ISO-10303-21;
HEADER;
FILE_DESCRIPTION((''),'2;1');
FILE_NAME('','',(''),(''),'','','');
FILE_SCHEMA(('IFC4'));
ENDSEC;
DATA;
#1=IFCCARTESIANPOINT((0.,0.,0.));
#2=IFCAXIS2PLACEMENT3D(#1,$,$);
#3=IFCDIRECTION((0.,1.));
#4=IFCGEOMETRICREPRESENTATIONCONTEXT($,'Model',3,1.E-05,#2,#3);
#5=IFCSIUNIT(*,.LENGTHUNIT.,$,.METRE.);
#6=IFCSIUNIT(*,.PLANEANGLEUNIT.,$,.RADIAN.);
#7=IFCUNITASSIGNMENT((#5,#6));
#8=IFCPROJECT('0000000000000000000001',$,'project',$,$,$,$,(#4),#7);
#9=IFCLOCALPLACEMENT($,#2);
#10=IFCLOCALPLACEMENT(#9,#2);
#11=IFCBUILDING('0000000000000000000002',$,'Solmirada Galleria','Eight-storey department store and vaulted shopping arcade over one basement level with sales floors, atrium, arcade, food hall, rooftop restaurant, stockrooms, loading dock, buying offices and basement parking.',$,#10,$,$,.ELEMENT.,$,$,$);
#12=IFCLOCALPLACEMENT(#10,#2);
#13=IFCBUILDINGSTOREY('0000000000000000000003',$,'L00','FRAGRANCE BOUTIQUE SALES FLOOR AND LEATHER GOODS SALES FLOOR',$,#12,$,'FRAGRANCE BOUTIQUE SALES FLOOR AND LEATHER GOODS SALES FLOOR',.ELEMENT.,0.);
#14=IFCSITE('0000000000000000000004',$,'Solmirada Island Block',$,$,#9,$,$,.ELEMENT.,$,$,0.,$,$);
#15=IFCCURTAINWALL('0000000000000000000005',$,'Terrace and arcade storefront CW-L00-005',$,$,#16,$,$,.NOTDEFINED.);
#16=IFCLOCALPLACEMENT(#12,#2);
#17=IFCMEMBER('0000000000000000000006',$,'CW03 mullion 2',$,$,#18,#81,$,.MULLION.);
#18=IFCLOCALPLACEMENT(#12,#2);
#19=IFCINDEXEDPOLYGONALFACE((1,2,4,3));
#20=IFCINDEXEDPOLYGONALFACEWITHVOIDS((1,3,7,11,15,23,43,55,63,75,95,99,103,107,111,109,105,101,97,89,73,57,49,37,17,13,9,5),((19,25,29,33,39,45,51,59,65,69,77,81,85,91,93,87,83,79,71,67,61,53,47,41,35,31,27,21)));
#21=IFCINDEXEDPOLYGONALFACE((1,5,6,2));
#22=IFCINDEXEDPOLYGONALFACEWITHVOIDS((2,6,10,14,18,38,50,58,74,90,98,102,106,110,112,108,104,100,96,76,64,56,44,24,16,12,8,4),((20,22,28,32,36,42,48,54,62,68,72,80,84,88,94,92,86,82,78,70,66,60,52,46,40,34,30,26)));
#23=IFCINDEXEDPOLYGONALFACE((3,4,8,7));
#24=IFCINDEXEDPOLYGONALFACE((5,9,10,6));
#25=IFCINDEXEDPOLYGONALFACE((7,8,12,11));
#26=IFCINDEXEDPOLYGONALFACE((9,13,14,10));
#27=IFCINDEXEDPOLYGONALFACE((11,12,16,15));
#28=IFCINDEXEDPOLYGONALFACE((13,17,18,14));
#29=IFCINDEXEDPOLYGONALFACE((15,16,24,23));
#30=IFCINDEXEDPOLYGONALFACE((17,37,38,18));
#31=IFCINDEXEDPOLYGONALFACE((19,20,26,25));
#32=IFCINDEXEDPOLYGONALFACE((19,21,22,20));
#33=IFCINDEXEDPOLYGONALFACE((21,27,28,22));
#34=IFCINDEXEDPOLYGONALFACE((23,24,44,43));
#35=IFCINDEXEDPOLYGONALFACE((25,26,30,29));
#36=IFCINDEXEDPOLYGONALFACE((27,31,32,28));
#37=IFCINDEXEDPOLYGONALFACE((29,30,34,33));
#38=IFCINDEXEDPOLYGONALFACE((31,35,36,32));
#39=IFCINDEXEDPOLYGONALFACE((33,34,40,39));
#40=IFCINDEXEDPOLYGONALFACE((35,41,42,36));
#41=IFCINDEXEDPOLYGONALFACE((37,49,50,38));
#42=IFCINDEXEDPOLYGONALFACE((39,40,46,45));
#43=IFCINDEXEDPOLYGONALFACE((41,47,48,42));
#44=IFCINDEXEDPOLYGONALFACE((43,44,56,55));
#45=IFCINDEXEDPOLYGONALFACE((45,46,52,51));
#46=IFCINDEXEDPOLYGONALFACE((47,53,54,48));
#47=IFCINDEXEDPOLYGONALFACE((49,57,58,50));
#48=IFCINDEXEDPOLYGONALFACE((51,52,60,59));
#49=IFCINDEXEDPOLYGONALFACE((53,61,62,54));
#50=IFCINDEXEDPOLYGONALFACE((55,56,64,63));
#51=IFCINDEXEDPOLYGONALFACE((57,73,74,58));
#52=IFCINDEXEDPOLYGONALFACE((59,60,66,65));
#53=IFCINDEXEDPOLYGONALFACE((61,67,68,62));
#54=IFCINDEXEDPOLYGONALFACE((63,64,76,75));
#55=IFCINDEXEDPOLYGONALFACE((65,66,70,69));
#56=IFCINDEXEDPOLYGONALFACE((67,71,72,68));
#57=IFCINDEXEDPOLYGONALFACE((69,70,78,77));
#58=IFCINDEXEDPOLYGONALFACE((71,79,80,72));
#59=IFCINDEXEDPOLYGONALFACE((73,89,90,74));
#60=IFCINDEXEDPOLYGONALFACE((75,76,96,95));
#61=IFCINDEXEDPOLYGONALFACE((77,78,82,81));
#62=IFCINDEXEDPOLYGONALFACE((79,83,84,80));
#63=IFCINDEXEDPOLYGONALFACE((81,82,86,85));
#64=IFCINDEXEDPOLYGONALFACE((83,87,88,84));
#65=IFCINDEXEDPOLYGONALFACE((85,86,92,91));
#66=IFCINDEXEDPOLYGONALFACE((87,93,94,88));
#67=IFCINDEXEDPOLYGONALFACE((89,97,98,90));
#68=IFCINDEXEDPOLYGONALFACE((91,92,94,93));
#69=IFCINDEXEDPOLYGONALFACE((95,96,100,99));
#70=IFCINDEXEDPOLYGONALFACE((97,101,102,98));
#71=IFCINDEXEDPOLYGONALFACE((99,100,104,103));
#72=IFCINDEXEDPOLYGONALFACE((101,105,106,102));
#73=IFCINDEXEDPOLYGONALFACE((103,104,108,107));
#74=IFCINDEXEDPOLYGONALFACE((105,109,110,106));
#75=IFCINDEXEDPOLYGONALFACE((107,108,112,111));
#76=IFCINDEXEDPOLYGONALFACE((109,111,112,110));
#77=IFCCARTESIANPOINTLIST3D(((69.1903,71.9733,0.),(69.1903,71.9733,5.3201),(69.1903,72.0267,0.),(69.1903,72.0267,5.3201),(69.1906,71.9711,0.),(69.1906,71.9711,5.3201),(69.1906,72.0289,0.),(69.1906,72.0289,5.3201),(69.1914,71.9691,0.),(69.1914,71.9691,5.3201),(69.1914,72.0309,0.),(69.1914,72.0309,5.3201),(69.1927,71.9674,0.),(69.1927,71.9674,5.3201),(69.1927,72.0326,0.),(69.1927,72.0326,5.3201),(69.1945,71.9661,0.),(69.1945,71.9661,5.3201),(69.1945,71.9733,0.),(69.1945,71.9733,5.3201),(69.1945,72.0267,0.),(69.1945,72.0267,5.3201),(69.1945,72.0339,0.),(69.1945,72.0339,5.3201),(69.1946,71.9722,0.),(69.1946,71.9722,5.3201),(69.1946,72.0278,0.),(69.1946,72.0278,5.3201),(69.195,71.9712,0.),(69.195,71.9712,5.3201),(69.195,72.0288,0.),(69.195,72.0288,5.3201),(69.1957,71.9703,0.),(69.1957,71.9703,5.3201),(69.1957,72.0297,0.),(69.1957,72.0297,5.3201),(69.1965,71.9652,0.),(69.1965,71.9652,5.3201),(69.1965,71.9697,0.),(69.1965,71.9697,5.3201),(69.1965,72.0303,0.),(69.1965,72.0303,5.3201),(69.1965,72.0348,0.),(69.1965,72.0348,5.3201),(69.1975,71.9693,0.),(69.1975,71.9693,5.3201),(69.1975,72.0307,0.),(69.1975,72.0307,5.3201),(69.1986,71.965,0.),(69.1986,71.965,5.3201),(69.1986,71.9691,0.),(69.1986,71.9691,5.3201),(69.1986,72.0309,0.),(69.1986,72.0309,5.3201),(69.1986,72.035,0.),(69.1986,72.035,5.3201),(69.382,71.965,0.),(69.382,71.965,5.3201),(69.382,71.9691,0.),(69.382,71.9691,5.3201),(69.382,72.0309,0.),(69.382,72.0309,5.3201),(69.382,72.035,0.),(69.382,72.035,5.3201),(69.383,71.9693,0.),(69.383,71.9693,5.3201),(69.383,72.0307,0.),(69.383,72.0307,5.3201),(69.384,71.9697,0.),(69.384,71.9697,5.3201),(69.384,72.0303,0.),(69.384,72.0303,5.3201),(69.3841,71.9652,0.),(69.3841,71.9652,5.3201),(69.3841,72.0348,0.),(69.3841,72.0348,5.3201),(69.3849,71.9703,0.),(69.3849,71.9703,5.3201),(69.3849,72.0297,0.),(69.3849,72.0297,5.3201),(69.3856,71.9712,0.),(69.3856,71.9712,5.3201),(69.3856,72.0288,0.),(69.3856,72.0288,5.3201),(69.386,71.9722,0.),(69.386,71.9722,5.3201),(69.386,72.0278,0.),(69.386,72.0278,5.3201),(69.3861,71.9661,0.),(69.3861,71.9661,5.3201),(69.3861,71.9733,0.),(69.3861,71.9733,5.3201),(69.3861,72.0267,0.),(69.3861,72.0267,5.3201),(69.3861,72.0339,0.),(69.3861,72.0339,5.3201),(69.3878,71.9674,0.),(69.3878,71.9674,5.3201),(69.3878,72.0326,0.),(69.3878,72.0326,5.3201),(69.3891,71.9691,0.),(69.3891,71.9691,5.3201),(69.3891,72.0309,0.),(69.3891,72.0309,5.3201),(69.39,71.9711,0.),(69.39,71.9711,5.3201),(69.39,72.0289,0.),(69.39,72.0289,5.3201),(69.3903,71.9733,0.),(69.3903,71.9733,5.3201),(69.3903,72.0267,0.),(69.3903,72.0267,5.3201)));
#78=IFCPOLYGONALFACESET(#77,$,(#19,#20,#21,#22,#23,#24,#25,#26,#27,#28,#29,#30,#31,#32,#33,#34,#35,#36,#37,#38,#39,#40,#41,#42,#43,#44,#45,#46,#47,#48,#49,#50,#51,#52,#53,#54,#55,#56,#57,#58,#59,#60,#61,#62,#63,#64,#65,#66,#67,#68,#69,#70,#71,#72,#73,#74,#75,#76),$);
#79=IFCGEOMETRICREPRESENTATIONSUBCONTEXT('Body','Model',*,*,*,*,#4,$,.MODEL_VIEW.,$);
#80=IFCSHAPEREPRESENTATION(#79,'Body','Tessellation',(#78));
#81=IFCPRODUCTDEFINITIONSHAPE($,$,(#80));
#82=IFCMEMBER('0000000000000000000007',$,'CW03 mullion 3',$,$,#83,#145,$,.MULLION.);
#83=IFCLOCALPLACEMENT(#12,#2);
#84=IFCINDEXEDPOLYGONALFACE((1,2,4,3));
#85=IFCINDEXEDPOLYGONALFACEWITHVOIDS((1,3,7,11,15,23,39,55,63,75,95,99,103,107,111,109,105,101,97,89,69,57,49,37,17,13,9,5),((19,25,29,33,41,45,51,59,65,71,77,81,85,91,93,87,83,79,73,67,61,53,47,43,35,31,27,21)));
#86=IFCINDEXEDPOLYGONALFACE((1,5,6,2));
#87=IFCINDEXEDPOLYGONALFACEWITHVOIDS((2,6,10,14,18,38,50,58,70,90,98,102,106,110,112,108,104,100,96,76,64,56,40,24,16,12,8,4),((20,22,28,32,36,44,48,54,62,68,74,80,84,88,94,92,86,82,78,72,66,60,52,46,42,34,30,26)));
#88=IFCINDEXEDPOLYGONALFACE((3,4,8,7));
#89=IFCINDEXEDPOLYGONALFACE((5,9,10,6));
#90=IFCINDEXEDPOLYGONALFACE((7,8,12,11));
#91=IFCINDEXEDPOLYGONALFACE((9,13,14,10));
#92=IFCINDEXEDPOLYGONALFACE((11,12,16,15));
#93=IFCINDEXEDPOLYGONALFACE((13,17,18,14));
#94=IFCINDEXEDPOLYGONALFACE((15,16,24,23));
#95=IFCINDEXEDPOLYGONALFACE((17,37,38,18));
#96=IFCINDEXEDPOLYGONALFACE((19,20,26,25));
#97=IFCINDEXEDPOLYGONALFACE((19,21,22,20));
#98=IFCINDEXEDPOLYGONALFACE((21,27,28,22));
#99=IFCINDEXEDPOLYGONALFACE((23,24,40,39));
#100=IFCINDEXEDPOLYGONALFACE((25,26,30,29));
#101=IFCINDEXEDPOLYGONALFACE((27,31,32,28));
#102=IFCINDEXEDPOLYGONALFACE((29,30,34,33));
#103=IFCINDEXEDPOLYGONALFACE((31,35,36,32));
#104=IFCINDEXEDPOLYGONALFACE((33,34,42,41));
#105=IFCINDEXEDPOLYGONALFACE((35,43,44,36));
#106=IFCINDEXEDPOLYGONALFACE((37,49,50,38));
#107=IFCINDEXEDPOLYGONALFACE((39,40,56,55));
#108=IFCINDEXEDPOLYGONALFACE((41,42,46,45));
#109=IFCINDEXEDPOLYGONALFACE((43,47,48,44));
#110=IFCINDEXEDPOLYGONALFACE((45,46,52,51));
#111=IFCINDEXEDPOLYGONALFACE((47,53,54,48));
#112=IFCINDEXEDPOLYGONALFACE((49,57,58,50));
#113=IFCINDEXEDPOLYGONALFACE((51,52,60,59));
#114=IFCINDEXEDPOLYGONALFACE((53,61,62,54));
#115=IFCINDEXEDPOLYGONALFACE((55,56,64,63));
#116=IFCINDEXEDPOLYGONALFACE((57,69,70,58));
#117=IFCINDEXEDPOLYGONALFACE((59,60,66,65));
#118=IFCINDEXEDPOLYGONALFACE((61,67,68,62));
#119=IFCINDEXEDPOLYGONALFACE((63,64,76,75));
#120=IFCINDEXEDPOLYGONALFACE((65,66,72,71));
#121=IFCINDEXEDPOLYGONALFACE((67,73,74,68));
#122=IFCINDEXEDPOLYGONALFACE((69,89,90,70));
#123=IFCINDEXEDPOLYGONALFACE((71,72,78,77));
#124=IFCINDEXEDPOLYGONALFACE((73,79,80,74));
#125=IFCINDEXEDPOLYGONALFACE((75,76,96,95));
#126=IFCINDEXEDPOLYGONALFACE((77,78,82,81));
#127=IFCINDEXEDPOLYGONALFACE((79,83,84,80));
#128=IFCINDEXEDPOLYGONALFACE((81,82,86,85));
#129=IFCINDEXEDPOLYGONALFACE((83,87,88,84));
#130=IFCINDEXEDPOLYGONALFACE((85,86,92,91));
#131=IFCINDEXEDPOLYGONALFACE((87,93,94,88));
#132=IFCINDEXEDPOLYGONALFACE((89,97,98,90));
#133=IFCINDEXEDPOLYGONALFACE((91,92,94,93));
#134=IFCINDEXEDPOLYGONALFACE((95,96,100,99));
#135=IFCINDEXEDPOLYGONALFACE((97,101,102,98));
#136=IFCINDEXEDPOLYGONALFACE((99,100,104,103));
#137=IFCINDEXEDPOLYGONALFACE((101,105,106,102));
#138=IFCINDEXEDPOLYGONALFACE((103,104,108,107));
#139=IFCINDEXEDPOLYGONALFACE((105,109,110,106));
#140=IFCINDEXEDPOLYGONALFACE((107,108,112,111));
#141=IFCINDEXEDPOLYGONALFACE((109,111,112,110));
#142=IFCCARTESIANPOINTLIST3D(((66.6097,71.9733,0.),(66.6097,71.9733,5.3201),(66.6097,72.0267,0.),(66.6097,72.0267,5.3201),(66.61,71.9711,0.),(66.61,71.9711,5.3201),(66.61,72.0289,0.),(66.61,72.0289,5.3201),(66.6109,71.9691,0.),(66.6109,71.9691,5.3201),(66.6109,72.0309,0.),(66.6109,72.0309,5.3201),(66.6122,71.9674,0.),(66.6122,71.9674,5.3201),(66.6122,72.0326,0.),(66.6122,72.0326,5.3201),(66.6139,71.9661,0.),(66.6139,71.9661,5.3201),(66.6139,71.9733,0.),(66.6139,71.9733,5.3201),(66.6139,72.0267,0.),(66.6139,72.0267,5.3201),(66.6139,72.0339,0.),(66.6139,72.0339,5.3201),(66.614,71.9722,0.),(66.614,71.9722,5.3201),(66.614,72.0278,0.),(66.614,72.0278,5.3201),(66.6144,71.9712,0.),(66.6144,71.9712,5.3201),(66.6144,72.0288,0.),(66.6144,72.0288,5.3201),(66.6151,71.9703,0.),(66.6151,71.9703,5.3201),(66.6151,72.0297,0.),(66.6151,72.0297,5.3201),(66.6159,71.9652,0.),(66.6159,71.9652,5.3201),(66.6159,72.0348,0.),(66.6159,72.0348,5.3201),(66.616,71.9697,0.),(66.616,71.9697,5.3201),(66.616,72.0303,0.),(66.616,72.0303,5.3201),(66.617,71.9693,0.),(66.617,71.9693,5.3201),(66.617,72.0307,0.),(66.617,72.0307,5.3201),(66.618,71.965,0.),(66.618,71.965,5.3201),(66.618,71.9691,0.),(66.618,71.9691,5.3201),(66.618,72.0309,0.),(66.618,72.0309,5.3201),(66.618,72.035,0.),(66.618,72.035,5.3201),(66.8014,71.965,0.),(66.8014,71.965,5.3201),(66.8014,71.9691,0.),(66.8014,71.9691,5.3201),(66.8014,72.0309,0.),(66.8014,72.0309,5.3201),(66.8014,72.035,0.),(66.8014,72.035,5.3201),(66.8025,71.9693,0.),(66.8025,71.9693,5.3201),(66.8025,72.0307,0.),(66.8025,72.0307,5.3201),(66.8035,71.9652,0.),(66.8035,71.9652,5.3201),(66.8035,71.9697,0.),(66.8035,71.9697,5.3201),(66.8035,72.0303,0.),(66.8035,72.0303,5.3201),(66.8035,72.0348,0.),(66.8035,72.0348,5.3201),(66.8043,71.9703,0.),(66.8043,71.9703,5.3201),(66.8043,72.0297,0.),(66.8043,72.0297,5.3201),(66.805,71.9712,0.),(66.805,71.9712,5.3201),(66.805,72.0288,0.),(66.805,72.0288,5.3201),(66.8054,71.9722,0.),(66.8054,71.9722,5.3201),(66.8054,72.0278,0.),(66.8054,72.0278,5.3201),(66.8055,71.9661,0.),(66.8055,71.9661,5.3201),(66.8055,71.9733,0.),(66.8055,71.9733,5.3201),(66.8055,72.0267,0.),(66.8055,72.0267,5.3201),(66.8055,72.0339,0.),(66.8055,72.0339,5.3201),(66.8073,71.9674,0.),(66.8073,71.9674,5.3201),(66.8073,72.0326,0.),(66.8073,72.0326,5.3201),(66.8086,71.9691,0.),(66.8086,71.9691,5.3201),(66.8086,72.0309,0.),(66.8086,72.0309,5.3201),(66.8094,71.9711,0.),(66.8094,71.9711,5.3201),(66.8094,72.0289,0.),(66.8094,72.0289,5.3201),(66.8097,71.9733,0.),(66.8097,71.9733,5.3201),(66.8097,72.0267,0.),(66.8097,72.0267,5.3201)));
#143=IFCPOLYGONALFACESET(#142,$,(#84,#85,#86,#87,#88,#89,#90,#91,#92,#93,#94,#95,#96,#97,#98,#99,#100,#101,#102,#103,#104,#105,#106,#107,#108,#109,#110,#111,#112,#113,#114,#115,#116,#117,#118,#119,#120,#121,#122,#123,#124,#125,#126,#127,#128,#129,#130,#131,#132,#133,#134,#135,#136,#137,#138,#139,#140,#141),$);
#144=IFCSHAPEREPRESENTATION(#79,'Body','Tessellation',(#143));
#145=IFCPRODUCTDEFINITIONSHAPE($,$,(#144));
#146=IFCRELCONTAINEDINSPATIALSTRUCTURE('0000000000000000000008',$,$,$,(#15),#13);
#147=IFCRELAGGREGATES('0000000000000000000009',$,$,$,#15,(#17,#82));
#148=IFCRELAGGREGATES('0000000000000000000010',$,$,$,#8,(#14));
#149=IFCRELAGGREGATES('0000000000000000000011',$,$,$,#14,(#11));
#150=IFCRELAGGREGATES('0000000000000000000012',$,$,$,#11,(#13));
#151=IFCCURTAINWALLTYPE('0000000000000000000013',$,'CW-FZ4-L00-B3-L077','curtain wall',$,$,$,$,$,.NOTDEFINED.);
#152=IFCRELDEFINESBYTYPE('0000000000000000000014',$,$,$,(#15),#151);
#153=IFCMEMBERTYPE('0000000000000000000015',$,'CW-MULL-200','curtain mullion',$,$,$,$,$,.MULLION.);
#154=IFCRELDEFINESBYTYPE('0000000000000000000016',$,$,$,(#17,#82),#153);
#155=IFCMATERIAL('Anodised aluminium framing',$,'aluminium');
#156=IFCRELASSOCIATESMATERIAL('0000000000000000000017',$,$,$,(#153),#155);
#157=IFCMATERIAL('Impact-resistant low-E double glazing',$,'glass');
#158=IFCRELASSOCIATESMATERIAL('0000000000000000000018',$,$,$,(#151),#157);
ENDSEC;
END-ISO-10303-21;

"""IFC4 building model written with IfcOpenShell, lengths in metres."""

from ifc_helpers import new_model, si_unit, direction, frame, origin, origin_2d, place, context, subcontext, project, spatial, hollow_rectangle, extrude, material, material_profile, profile_set, type_object, element, aggregate, save


model = new_model("IFC4")

# Units and contexts
model_context = context("Model", 3, precision=1e-05, world=origin(), true_north=direction((0.0, 1.0)))
body_context = subcontext(model_context, "Body", "Model", "MODEL_VIEW")
ifc_project = project(units=[si_unit("LENGTHUNIT", "METRE"), si_unit("PLANEANGLEUNIT", "RADIAN")], contexts=[model_context])

# Site, building, storey
site_placement = place(None, origin())
site = spatial("IfcSite", under=ifc_project, at=site_placement, Name="Solmirada Island Block", CompositionType="ELEMENT", RefElevation=0.0)
building_placement = place(site_placement, origin())
building = spatial("IfcBuilding", under=site, at=building_placement, Name="Solmirada Galleria", Description="Eight-storey department store and vaulted shopping arcade over one basement level with sales floors, atrium, arcade, food hall, rooftop restaurant, stockrooms, loading dock, buying offices and basement parking.", CompositionType="ELEMENT")
storey_placement = place(building_placement, origin())
storey = spatial("IfcBuildingStorey", under=building, at=storey_placement, Name="L00", Description="FRAGRANCE BOUTIQUE SALES FLOOR AND LEATHER GOODS SALES FLOOR", LongName="FRAGRANCE BOUTIQUE SALES FLOOR AND LEATHER GOODS SALES FLOOR", CompositionType="ELEMENT", Elevation=0.0)

# Shared definitions
ifc_material_1 = material(Name="Impact-resistant low-E double glazing", Category="glass")
ifc_material_2 = material(Name="Anodised aluminium framing", Category="aluminium")
ifc_material_profile_1 = material_profile(ifc_material_2, hollow_rectangle(XDim=0.0701, YDim=0.2, WallThickness=0.0042, InnerFilletRadius=0.0042, OuterFilletRadius=0.0083, at=origin_2d()), Name="ALU-MULL-200X70")
ifc_profile_set_1 = profile_set([ifc_material_profile_1], Name="Anodised aluminium framing")
member_type_1 = type_object("IfcMemberType", Name="CW-MULL-200", Description="curtain mullion", PredefinedType="MULLION", material=ifc_profile_set_1)

# Curtain wall, members
curtain_wall_type_1 = type_object("IfcCurtainWallType", Name="CW-FZ4-L00-B3-L077", Description="curtain wall", PredefinedType="NOTDEFINED", material=ifc_material_1)
curtain_wall_1_placement = place(storey_placement, origin())
curtain_wall_1 = element("IfcCurtainWall", 1, at=curtain_wall_1_placement, inside=storey, type_object=curtain_wall_type_1, Name="Terrace and arcade storefront CW-L00-005", PredefinedType="NOTDEFINED")
member_1_placement = place(storey_placement, frame((69.2903, 72.0, 0.0), z_axis=(0.0, 0.0, 1.0), x_axis=(0.0, -1.0, 0.0)))
member_1 = element("IfcMember", 2, at=member_1_placement, type_object=member_type_1, Name="CW03 mullion 2", PredefinedType="MULLION", context=body_context, shape_type="SweptSolid", body=[
    extrude(hollow_rectangle(XDim=0.0701, YDim=0.2, WallThickness=0.0042, InnerFilletRadius=0.0042, OuterFilletRadius=0.0083, at=origin_2d()), origin(), (0.0, 0.0, 1.0), 5.3201),
])
member_2_placement = place(storey_placement, frame((66.7097, 72.0, 0.0), z_axis=(0.0, 0.0, 1.0), x_axis=(0.0, -1.0, 0.0)))
member_2 = element("IfcMember", 3, at=member_2_placement, type_object=member_type_1, Name="CW03 mullion 3", PredefinedType="MULLION", context=body_context, shape_type="SweptSolid", body=[
    extrude(hollow_rectangle(XDim=0.0701, YDim=0.2, WallThickness=0.0042, InnerFilletRadius=0.0042, OuterFilletRadius=0.0083, at=origin_2d()), origin(), (0.0, 0.0, 1.0), 5.3201),
])

aggregate(curtain_wall_1, [member_1, member_2])

save(model, "model.ifc")
